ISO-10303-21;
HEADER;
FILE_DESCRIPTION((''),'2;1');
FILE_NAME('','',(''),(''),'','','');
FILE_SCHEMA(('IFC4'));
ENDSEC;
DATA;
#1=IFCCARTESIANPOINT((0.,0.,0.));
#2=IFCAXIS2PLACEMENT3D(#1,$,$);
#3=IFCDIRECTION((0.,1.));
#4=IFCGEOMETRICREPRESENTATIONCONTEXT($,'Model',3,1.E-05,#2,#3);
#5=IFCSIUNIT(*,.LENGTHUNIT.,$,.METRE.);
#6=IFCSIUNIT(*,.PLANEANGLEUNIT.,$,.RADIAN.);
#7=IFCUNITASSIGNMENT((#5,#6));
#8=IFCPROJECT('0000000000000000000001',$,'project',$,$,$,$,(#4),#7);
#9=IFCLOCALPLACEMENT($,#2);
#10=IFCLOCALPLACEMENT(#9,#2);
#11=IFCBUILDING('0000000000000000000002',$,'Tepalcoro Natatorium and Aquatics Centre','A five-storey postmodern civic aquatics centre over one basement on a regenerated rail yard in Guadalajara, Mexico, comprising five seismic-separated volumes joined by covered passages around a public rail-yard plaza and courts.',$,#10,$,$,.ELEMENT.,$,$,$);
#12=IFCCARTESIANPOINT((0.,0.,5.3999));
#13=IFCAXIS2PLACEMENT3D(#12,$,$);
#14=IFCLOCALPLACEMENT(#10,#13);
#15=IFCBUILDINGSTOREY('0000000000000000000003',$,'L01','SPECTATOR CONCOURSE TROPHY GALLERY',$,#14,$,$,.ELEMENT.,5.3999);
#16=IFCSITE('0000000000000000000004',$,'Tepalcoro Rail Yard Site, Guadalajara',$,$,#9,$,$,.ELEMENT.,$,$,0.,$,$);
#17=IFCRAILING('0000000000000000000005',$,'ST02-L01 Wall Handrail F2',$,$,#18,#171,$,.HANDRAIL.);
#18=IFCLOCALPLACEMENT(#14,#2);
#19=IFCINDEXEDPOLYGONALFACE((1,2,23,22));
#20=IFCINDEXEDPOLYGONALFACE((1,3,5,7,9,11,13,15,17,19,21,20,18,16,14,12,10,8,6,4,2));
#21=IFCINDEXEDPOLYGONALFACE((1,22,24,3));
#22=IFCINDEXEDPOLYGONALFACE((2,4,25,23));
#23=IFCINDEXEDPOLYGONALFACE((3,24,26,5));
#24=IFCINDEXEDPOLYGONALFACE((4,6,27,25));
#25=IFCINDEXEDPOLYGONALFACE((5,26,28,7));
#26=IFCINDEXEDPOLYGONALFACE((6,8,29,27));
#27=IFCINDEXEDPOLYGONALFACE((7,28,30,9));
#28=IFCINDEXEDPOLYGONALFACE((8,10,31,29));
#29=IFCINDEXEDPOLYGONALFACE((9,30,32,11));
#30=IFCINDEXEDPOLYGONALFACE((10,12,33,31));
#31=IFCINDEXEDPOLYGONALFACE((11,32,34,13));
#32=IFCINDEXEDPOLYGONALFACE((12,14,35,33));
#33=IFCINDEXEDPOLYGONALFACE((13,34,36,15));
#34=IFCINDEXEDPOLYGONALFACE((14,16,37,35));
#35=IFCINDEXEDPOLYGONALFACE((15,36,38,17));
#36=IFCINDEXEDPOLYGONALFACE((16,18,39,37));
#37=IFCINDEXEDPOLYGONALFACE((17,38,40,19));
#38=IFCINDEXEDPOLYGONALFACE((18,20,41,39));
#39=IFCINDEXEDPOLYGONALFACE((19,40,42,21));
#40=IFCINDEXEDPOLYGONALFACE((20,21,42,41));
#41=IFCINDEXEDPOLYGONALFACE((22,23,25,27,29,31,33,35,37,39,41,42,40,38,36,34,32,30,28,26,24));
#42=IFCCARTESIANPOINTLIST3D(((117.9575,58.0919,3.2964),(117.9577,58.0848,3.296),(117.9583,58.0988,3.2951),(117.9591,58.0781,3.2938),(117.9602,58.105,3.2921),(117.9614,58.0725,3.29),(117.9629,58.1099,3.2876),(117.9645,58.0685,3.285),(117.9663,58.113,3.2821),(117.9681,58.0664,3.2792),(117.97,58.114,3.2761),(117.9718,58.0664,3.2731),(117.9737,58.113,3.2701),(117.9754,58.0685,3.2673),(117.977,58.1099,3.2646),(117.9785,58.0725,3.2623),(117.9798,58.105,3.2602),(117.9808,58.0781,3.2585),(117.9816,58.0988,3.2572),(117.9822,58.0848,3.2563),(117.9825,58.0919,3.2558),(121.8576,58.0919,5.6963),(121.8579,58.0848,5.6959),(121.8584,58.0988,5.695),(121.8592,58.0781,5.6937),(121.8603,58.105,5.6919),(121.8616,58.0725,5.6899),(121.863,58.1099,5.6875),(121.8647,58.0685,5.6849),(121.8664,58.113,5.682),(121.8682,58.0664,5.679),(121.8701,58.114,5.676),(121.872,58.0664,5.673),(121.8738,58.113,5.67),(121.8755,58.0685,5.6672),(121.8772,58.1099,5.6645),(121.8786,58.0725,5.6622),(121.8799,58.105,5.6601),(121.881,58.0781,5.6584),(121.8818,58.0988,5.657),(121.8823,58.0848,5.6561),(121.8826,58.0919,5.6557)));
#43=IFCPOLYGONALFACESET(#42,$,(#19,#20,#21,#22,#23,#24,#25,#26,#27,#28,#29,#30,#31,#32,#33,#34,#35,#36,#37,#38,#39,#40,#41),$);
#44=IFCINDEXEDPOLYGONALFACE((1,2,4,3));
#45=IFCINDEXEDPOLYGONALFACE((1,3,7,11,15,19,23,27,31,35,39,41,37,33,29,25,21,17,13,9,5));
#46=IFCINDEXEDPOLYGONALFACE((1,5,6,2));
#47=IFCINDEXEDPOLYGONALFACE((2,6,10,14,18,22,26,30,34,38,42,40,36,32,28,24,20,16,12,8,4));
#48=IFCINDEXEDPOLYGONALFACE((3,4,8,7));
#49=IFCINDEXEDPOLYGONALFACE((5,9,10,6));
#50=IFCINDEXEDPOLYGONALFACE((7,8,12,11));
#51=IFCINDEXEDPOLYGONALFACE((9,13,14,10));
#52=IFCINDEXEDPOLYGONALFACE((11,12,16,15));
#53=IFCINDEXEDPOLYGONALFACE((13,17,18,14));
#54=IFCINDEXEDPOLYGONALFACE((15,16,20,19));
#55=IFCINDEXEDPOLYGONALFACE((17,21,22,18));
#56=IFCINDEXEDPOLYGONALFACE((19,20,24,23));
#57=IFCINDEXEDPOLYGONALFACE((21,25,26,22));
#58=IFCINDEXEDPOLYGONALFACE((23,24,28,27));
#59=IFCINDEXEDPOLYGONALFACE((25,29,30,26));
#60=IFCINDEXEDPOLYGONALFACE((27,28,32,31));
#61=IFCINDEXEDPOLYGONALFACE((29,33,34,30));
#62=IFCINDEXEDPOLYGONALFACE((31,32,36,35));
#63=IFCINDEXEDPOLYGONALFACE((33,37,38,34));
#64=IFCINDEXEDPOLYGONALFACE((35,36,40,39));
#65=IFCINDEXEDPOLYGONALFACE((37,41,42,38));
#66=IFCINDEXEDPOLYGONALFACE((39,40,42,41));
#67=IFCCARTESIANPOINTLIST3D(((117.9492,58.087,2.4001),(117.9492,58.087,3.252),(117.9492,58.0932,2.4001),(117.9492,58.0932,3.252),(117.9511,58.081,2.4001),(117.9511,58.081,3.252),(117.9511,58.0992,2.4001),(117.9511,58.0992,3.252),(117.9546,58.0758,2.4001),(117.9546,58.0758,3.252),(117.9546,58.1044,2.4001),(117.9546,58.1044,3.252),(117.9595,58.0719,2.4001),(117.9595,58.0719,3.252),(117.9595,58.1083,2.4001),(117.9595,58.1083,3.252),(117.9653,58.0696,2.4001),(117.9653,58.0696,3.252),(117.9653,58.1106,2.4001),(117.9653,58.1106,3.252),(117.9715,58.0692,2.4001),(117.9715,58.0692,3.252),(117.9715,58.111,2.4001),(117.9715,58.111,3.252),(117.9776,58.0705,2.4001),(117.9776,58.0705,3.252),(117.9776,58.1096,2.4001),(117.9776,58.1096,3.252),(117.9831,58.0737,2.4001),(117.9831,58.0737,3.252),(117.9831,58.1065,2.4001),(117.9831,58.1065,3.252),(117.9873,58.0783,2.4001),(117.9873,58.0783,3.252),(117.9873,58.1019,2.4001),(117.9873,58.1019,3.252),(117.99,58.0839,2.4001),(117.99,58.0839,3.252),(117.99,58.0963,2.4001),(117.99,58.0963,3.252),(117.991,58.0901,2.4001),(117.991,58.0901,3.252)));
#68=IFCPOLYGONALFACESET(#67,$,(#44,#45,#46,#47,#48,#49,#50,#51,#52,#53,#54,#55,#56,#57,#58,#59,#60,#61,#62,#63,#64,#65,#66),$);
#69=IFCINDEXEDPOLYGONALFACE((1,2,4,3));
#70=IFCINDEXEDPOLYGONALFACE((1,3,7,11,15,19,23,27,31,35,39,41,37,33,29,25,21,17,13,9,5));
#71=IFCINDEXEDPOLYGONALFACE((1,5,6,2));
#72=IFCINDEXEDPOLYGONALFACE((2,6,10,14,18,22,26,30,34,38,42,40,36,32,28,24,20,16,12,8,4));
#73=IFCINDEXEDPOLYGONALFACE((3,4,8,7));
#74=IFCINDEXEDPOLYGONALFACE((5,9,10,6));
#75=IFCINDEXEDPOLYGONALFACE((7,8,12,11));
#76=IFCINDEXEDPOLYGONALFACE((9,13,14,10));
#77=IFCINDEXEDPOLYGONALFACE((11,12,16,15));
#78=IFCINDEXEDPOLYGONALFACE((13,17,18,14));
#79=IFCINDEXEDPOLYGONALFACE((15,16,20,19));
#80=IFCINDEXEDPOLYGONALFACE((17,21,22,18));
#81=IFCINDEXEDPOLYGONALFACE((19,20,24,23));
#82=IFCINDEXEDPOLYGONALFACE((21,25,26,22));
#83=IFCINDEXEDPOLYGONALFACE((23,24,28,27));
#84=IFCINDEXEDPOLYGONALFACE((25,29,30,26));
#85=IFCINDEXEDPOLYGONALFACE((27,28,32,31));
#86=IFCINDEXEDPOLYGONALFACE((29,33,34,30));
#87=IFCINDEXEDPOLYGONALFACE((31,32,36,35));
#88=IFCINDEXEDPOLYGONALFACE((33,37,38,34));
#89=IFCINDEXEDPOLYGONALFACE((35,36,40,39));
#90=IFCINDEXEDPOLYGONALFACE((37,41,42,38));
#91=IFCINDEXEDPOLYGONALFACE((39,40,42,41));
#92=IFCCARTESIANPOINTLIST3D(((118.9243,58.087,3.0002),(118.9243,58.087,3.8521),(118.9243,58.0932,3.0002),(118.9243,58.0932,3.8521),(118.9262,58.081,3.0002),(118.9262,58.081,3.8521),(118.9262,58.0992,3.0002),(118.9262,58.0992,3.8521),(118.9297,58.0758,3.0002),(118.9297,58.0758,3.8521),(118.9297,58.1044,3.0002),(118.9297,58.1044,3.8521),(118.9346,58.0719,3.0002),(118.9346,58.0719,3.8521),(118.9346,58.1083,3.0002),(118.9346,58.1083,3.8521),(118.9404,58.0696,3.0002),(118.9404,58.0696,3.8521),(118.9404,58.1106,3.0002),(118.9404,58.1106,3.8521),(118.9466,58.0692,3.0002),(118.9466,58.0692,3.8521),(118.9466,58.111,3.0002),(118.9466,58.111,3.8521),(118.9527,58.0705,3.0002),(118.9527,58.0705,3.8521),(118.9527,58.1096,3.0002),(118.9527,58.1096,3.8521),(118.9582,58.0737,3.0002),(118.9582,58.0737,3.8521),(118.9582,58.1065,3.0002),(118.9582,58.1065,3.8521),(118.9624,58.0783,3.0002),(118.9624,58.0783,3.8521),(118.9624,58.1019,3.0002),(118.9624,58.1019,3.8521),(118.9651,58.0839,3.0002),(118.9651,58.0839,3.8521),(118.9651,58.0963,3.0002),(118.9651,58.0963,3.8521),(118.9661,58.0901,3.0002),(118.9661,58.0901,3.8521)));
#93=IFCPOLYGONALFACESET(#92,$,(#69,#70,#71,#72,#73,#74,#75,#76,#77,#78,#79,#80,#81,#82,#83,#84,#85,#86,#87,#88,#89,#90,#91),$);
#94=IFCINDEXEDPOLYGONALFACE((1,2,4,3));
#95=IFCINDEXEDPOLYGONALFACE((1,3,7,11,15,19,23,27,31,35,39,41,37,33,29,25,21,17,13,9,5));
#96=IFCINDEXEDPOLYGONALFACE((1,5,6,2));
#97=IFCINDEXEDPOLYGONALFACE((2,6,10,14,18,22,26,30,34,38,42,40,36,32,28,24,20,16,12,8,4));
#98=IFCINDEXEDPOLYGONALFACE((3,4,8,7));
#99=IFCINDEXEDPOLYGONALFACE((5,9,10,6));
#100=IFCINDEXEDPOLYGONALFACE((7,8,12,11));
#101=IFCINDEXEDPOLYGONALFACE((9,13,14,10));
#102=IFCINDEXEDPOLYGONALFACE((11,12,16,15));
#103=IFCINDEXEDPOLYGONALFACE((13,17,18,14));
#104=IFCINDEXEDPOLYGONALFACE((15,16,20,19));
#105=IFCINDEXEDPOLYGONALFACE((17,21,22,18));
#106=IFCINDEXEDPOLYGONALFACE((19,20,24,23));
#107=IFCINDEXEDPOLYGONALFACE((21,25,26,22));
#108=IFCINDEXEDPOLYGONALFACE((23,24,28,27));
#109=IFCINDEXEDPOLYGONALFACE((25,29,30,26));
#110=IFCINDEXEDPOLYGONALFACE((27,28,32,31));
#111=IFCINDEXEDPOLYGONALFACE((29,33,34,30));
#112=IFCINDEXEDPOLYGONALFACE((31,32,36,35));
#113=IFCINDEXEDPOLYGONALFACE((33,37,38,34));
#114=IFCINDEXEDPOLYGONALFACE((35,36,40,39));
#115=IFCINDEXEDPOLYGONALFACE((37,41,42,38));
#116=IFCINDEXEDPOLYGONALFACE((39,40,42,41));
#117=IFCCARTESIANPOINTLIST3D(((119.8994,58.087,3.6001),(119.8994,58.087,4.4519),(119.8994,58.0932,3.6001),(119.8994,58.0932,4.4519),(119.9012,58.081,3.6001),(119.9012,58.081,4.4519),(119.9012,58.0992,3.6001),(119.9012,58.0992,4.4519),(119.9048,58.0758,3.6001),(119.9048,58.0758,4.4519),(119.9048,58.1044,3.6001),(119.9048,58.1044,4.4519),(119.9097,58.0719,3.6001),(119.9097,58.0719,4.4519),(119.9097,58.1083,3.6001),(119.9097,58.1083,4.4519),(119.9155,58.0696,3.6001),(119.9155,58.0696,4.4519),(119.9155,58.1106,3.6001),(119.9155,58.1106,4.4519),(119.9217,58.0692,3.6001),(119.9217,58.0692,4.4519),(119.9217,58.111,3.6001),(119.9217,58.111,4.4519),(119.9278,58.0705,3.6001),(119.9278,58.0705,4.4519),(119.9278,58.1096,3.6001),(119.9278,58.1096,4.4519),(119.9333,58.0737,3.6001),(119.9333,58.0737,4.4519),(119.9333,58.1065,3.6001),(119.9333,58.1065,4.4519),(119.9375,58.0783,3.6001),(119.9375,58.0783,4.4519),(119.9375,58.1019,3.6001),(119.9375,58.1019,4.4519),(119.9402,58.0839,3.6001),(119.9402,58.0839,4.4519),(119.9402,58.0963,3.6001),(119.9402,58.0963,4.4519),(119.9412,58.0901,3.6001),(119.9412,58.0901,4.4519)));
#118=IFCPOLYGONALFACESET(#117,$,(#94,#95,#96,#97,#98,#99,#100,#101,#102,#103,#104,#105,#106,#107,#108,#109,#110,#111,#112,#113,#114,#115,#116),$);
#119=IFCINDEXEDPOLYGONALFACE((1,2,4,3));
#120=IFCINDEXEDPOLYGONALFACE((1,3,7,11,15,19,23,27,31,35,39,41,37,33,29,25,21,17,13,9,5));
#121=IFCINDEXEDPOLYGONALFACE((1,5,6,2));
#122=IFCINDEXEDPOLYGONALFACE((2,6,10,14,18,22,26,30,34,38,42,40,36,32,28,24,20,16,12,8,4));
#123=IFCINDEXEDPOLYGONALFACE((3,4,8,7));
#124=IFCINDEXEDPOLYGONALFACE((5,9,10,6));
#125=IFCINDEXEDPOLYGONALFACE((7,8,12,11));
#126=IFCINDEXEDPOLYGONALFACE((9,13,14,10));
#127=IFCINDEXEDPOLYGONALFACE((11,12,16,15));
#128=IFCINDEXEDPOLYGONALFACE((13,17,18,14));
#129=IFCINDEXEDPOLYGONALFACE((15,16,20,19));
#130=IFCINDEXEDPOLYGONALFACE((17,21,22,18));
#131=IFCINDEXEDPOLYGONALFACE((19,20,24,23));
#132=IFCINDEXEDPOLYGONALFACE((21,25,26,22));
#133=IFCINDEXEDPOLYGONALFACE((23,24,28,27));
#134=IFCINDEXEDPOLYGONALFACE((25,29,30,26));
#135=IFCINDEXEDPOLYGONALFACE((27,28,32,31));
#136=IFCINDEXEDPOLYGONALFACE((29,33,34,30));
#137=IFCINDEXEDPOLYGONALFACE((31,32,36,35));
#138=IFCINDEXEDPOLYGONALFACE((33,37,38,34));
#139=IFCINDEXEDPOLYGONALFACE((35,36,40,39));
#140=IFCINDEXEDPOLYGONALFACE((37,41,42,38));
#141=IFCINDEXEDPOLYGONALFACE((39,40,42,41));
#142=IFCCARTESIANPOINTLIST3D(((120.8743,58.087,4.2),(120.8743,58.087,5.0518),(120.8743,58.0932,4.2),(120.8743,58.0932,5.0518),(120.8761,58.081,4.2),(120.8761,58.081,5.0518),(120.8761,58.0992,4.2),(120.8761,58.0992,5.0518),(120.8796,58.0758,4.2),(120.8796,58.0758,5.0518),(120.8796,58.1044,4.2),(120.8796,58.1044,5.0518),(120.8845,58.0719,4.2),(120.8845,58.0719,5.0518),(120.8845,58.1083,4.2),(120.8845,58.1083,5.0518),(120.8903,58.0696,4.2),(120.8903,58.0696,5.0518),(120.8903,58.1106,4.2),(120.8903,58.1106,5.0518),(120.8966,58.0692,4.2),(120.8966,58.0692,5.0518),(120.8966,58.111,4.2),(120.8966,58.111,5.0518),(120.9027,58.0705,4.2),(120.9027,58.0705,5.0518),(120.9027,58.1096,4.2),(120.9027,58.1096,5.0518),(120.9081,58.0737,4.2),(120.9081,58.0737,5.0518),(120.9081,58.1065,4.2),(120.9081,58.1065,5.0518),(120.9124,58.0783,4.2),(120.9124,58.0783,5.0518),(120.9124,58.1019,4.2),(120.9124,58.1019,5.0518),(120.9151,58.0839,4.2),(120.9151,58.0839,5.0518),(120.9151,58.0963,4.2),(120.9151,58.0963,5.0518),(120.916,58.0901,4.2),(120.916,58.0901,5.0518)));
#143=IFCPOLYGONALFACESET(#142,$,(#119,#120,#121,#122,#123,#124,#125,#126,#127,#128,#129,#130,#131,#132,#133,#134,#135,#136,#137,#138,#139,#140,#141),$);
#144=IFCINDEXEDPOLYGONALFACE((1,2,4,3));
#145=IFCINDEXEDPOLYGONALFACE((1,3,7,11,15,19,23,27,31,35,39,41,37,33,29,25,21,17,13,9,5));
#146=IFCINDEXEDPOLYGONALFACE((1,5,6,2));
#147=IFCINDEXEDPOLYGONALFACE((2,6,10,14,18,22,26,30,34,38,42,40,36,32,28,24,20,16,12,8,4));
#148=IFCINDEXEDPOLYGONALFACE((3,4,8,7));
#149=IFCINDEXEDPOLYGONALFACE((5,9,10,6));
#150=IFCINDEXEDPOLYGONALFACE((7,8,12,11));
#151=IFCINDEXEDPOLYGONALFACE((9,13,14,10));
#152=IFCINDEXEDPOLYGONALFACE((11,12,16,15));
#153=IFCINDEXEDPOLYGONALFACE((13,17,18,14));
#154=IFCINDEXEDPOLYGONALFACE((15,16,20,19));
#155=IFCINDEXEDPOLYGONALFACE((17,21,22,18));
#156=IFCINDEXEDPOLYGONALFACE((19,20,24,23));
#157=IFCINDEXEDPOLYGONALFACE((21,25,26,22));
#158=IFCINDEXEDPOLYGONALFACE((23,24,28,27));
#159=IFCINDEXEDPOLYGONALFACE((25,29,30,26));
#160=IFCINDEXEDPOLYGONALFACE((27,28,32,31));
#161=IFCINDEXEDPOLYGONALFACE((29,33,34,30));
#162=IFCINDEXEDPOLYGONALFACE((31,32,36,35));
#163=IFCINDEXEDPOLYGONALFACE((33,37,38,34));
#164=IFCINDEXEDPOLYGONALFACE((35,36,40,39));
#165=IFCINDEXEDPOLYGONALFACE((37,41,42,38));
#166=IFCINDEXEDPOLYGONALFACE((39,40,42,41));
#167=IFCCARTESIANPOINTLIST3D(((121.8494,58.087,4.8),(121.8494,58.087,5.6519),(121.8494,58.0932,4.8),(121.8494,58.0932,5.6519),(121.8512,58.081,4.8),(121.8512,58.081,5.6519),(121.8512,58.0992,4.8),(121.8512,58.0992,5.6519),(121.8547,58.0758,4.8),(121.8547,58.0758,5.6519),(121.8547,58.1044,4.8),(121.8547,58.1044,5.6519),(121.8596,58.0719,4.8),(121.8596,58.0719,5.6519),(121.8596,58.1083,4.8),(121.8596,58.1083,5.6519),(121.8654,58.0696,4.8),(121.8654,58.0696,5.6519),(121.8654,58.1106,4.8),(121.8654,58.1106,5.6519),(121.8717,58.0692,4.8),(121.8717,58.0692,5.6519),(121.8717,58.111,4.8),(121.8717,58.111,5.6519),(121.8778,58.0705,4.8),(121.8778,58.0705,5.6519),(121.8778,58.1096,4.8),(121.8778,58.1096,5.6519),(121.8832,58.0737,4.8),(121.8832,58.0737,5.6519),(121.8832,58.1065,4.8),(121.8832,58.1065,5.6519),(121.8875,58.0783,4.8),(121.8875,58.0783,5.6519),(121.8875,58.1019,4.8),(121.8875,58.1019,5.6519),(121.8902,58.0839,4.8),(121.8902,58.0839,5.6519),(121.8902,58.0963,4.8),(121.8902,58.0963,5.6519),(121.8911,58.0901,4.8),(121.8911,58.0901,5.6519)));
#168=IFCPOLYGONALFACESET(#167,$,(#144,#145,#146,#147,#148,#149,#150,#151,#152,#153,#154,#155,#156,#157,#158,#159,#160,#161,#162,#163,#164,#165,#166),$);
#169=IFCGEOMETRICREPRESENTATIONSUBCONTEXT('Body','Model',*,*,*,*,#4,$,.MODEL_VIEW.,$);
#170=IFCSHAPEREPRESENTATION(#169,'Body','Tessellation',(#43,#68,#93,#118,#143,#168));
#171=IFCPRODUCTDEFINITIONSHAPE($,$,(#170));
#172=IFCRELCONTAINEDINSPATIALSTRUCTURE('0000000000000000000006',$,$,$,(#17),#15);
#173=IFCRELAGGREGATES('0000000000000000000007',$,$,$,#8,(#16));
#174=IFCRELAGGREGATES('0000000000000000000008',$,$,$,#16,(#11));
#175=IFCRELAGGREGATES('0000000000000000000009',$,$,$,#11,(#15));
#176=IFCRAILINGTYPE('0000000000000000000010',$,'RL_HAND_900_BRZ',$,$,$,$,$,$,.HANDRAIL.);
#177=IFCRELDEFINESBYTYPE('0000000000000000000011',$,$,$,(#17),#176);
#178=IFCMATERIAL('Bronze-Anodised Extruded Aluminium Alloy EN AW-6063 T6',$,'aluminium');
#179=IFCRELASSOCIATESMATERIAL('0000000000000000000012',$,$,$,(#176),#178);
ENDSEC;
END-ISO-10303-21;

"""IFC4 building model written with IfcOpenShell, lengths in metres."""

from ifc_helpers import new_model, si_unit, direction, frame, origin, origin_2d, place, context, subcontext, project, spatial, circle, extrude, material, type_object, element, save


model = new_model("IFC4")

# Units and contexts
model_context = context("Model", 3, precision=1e-05, world=origin(), true_north=direction((0.0, 1.0)))
body_context = subcontext(model_context, "Body", "Model", "MODEL_VIEW")
ifc_project = project(units=[si_unit("LENGTHUNIT", "METRE"), si_unit("PLANEANGLEUNIT", "RADIAN")], contexts=[model_context])

# Site, building, storey
site_placement = place(None, origin())
site = spatial("IfcSite", under=ifc_project, at=site_placement, Name="Tepalcoro Rail Yard Site, Guadalajara", CompositionType="ELEMENT", RefElevation=0.0)
building_placement = place(site_placement, origin())
building = spatial("IfcBuilding", under=site, at=building_placement, Name="Tepalcoro Natatorium and Aquatics Centre", Description="A five-storey postmodern civic aquatics centre over one basement on a regenerated rail yard in Guadalajara, Mexico, comprising five seismic-separated volumes joined by covered passages around a public rail-yard plaza and courts.", CompositionType="ELEMENT")
storey_placement = place(building_placement, frame((0.0, 0.0, 5.3999)))
storey = spatial("IfcBuildingStorey", under=building, at=storey_placement, Name="L01", Description="SPECTATOR CONCOURSE TROPHY GALLERY", CompositionType="ELEMENT", Elevation=5.3999)

# Railing
ifc_material_1 = material(Name="Bronze-Anodised Extruded Aluminium Alloy EN AW-6063 T6", Category="aluminium")
railing_type_1 = type_object("IfcRailingType", Name="RL_HAND_900_BRZ", PredefinedType="HANDRAIL", material=ifc_material_1)
railing_1_placement = place(storey_placement, frame((117.97, 58.0901, 2.4001)))
element("IfcRailing", 1, at=railing_1_placement, inside=storey, type_object=railing_type_1, Name="ST02-L01 Wall Handrail F2", PredefinedType="HANDRAIL", context=body_context, shape_type="SweptSolid", body=[
    extrude(circle(Radius=0.0239, at=origin_2d()), frame((0.0, 0.0, 0.876), z_axis=(0.851677, 0.0, 0.524068), x_axis=(0.0, 1.0, 0.0)), (0.0, 0.0, 1.0), 4.5793),
    extrude(circle(Radius=0.021, at=origin_2d()), origin(), (0.0, 0.0, 1.0), 0.8518),
    extrude(circle(Radius=0.021, at=origin_2d()), frame((0.9751, 0.0, 0.6001)), (0.0, 0.0, 1.0), 0.8518),
    extrude(circle(Radius=0.021, at=origin_2d()), frame((1.9502, 0.0, 1.2)), (0.0, 0.0, 1.0), 0.8518),
    extrude(circle(Radius=0.021, at=origin_2d()), frame((2.925, 0.0, 1.7998)), (0.0, 0.0, 1.0), 0.8518),
    extrude(circle(Radius=0.021, at=origin_2d()), frame((3.9001, 0.0, 2.3999)), (0.0, 0.0, 1.0), 0.8518),
])

save(model, "model.ifc")
